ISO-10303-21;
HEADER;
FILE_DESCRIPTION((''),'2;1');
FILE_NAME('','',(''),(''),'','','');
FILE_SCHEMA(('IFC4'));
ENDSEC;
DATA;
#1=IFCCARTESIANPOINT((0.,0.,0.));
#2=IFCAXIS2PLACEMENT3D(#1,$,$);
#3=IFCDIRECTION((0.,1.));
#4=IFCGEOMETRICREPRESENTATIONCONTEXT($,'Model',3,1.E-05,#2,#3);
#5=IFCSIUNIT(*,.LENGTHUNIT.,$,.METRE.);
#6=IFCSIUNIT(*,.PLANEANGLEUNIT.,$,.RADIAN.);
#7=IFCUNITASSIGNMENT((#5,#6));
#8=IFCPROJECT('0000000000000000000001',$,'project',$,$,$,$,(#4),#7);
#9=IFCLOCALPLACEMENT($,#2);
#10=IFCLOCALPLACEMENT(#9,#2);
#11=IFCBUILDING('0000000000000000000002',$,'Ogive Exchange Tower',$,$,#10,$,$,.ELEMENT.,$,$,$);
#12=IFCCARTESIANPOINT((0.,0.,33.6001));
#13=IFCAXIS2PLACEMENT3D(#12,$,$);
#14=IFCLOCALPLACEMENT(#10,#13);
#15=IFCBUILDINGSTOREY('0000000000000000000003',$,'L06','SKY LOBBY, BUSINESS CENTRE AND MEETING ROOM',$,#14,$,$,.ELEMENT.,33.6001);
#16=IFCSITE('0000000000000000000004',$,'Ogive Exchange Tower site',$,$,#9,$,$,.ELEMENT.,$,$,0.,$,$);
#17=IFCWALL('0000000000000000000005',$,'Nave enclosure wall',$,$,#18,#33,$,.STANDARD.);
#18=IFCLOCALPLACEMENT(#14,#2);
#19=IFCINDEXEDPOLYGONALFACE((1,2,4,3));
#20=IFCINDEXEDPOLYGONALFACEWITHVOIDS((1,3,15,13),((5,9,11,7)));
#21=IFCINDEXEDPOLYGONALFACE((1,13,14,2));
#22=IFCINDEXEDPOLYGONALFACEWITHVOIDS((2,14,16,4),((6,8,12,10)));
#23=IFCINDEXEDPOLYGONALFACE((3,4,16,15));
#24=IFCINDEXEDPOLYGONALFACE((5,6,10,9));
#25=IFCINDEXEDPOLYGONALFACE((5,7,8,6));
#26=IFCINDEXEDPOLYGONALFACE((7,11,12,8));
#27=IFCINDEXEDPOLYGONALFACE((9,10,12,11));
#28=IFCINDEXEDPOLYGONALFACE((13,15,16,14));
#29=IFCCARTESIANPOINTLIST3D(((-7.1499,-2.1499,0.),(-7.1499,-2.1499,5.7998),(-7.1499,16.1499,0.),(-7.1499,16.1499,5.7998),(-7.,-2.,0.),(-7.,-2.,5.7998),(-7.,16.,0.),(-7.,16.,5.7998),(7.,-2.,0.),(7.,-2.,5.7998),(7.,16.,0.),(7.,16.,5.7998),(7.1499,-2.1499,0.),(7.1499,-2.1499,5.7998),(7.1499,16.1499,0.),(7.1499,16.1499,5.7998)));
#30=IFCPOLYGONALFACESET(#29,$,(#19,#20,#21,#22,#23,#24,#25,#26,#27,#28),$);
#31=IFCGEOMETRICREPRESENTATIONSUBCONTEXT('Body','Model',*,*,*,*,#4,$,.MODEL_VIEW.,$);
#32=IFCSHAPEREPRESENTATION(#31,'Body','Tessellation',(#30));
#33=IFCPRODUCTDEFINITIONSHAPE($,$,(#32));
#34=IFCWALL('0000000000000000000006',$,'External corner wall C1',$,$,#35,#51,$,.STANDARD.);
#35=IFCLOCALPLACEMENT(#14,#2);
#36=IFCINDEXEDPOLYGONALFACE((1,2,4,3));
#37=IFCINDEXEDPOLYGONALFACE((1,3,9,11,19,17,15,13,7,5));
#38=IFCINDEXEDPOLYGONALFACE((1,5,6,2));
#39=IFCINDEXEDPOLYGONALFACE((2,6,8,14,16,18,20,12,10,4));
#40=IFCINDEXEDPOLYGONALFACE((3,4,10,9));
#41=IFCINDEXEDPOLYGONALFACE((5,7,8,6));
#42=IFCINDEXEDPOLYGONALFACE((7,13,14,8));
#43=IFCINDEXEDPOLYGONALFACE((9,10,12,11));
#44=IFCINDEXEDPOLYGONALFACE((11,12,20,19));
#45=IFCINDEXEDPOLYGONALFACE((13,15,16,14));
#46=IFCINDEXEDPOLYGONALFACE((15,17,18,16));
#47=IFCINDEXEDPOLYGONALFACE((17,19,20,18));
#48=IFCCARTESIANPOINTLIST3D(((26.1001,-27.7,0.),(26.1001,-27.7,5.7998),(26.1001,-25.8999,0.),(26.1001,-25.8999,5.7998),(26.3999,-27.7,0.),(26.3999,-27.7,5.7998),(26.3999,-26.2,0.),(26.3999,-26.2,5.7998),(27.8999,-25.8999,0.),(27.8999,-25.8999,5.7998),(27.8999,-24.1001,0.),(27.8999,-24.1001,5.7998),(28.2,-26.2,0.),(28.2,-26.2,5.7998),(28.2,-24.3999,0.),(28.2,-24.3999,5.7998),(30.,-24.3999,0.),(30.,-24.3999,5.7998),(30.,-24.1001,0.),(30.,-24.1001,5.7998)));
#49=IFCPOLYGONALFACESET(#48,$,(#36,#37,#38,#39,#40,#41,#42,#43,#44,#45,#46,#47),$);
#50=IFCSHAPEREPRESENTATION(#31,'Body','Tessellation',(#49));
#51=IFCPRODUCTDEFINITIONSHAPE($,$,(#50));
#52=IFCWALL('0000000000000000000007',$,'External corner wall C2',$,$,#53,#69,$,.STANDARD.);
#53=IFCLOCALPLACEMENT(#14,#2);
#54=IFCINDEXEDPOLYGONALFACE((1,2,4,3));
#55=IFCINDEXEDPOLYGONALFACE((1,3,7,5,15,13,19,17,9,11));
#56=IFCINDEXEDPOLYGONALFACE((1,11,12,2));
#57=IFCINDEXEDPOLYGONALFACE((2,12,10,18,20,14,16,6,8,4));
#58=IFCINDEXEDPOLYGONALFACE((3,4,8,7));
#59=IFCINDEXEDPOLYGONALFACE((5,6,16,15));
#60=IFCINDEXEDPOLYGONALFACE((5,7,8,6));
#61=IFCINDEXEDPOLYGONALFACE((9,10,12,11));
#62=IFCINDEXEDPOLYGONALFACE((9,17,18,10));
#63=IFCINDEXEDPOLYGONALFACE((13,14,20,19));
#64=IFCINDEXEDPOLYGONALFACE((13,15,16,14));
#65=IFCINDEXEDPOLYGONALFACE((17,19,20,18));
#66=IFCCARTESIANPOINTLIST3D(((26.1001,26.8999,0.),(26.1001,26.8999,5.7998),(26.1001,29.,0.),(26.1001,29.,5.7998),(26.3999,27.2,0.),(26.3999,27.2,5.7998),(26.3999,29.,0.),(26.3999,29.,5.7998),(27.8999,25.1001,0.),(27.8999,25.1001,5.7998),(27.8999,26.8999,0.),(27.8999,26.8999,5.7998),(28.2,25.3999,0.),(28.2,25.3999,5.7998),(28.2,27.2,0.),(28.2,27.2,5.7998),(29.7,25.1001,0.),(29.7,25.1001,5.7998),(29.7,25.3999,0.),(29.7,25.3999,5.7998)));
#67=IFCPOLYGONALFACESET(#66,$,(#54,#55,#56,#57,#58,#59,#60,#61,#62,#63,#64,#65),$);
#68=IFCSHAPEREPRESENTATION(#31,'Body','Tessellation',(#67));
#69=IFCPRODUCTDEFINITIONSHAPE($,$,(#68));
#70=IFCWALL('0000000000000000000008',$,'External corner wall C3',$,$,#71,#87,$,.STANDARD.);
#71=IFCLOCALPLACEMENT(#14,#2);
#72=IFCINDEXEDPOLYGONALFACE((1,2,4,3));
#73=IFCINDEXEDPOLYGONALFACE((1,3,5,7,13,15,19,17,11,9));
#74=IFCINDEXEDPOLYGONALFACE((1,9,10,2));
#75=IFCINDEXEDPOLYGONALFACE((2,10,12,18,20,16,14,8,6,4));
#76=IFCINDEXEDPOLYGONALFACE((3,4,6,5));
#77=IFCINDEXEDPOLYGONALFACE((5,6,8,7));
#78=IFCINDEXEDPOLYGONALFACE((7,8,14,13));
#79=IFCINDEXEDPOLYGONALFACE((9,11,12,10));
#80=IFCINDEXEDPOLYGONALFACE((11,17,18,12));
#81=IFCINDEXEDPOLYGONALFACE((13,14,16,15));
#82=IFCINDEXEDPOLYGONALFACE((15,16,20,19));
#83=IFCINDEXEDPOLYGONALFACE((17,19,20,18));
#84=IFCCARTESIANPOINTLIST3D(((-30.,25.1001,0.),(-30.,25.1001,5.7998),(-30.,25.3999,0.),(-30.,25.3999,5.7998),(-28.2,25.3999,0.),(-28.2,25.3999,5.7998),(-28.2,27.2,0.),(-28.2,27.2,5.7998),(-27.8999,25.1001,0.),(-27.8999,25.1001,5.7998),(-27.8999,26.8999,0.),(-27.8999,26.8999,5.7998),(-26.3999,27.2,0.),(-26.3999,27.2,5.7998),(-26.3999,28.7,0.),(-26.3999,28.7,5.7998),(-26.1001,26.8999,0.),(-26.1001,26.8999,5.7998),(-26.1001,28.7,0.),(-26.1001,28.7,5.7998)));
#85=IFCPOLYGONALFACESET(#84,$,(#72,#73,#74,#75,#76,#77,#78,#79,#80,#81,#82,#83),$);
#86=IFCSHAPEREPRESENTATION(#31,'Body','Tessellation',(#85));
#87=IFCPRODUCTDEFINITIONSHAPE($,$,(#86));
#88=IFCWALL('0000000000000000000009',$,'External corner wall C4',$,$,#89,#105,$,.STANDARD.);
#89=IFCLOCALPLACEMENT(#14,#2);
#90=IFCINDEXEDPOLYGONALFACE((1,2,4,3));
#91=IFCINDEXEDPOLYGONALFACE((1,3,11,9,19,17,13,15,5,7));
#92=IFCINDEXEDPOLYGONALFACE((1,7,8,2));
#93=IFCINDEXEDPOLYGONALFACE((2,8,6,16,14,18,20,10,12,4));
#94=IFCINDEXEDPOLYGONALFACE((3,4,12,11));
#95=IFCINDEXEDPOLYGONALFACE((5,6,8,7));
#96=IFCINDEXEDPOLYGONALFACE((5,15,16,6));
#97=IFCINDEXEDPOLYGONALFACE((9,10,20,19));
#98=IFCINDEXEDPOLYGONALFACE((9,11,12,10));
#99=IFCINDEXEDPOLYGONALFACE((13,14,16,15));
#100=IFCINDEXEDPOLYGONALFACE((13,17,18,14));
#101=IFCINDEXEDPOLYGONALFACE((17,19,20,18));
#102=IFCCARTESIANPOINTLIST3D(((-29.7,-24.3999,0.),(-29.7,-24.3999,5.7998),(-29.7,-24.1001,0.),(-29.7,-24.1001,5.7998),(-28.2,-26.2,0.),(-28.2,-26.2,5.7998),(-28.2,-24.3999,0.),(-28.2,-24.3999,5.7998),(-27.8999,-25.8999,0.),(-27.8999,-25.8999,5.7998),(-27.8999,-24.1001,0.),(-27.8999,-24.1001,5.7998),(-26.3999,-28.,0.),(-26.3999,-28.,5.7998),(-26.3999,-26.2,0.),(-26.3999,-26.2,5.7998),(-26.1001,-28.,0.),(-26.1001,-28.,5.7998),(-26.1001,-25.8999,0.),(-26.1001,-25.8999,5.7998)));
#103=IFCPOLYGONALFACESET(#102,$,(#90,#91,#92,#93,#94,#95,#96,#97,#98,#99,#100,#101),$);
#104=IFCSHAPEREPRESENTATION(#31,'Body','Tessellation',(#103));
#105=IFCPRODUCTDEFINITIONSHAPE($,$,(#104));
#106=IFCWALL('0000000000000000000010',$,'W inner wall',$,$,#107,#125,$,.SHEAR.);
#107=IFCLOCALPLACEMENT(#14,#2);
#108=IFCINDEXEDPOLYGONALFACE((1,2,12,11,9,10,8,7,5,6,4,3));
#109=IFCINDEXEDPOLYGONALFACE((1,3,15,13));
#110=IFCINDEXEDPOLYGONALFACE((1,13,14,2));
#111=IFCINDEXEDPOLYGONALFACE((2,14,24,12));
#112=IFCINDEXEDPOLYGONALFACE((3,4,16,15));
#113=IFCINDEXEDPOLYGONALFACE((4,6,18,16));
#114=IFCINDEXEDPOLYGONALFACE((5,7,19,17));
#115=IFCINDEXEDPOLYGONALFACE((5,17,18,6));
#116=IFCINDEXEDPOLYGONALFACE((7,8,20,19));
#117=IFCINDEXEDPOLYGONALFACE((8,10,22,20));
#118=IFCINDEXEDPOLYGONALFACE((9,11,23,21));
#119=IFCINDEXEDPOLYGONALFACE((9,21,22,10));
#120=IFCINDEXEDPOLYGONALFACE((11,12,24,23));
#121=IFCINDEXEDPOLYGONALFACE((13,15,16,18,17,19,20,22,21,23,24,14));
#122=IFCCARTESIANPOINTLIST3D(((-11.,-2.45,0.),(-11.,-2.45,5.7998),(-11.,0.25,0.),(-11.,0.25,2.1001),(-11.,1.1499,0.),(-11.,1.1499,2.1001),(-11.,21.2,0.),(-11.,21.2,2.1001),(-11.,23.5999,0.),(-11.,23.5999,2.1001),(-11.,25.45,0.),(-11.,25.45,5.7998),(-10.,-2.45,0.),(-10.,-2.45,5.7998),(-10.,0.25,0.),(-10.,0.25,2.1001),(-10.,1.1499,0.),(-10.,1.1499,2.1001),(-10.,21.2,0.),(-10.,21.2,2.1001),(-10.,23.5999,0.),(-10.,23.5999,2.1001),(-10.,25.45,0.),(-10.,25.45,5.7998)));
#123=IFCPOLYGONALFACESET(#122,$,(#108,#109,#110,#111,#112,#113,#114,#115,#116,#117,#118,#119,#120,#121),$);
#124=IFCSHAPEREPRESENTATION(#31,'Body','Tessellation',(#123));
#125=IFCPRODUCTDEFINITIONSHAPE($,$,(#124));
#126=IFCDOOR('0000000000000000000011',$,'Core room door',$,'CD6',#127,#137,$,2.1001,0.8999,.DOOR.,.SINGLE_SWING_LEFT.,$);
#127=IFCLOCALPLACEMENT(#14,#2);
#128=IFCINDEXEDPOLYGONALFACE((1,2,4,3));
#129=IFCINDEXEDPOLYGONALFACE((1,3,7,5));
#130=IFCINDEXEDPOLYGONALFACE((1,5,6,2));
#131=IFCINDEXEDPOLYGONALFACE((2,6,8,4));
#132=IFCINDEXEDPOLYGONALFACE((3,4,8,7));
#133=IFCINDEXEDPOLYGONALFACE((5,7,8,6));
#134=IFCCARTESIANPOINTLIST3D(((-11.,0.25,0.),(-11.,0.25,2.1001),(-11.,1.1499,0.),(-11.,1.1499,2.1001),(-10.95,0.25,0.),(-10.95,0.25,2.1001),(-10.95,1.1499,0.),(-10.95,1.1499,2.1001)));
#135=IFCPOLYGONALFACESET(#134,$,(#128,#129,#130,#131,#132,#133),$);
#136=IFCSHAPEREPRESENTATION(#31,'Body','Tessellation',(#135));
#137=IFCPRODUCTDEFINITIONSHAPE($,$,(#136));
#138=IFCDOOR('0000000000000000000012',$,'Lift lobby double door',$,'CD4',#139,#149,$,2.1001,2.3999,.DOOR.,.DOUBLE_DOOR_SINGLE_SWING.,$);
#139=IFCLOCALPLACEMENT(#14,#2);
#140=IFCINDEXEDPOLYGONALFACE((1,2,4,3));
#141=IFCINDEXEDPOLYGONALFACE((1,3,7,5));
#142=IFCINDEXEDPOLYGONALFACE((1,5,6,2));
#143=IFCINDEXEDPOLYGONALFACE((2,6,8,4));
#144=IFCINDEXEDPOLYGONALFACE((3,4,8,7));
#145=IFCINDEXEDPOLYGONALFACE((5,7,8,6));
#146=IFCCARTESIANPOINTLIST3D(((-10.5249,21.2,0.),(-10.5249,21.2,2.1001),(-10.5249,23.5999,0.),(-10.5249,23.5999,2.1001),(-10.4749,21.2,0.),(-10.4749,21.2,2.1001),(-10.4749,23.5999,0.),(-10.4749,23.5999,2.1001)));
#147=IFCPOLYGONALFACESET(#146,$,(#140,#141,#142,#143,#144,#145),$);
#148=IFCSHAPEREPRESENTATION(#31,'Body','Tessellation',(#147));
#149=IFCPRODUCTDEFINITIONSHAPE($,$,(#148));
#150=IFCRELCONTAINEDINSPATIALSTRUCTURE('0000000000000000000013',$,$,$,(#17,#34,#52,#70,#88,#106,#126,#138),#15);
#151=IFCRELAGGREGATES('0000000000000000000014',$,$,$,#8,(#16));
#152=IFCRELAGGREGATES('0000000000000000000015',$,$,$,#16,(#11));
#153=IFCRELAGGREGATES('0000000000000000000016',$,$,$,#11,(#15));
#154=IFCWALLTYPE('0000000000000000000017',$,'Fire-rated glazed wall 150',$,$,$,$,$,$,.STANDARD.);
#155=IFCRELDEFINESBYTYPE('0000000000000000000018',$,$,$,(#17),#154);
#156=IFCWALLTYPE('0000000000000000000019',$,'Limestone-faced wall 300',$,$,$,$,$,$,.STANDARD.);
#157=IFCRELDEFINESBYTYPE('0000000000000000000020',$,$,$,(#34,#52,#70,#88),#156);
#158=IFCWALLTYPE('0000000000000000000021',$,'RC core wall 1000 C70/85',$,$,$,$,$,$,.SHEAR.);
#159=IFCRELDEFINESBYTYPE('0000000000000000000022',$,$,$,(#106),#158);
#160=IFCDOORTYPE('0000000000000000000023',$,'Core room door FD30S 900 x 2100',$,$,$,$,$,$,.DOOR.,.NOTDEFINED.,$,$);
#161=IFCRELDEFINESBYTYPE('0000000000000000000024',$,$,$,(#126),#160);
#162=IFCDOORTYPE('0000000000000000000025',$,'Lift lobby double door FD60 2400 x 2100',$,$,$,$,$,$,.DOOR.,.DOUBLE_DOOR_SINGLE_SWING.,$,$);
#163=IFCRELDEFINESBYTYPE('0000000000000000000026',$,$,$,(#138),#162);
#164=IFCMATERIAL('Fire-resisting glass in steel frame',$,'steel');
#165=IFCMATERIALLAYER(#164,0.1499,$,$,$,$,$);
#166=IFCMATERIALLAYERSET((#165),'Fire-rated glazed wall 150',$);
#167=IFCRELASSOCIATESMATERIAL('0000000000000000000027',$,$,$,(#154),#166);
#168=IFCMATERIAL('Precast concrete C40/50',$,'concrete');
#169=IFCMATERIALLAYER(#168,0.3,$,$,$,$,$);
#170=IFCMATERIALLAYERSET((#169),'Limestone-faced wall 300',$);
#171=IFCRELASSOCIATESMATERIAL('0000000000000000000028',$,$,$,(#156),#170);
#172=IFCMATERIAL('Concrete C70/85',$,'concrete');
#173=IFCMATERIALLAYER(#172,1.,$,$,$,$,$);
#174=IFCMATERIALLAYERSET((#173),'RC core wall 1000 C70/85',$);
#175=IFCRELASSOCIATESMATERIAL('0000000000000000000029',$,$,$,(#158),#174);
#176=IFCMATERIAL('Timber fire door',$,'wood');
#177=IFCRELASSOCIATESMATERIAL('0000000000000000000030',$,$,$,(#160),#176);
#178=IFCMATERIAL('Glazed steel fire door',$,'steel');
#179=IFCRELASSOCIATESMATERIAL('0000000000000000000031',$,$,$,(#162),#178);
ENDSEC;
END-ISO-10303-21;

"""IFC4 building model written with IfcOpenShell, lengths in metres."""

from ifc_helpers import new_model, si_unit, direction, frame, frame_2d, origin, place, context, subcontext, project, spatial, polyline, rectangle, outline, extrude, material, layer, layer_set, type_object, element, fill, save


model = new_model("IFC4")

# Units and contexts
model_context = context("Model", 3, precision=1e-05, world=origin(), true_north=direction((0.0, 1.0)))
body_context = subcontext(model_context, "Body", "Model", "MODEL_VIEW")
ifc_project = project(units=[si_unit("LENGTHUNIT", "METRE"), si_unit("PLANEANGLEUNIT", "RADIAN")], contexts=[model_context])

# Site, building, storey
site_placement = place(None, origin())
site = spatial("IfcSite", under=ifc_project, at=site_placement, Name="Ogive Exchange Tower site", CompositionType="ELEMENT", RefElevation=0.0)
building_placement = place(site_placement, origin())
building = spatial("IfcBuilding", under=site, at=building_placement, Name="Ogive Exchange Tower", CompositionType="ELEMENT")
storey_placement = place(building_placement, frame((0.0, 0.0, 33.6001)))
storey = spatial("IfcBuildingStorey", under=building, at=storey_placement, Name="L06", Description="SKY LOBBY, BUSINESS CENTRE AND MEETING ROOM", CompositionType="ELEMENT", Elevation=33.6001)

# Walls
ifc_material_1 = material(Name="Fire-resisting glass in steel frame", Category="steel")
ifc_layer_1 = layer(ifc_material_1, 0.1499)
ifc_layer_set_1 = layer_set([ifc_layer_1], Name="Fire-rated glazed wall 150")
wall_type_1 = type_object("IfcWallType", Name="Fire-rated glazed wall 150", PredefinedType="STANDARD", material=ifc_layer_set_1)
wall_1_placement = place(storey_placement, origin())
element("IfcWall", 1, at=wall_1_placement, inside=storey, type_object=wall_type_1, Name="Nave enclosure wall", PredefinedType="STANDARD", context=body_context, shape_type="SweptSolid", body=[
    extrude(outline(polyline([(-7.1499, -2.1499), (7.1499, -2.1499), (7.1499, 16.1499), (-7.1499, 16.1499), (-7.1499, -2.1499)]), holes=[polyline([(-7.0, -2.0), (-7.0, 16.0), (7.0, 16.0), (7.0, -2.0), (-7.0, -2.0)])]), origin(), (0.0, 0.0, 1.0), 5.7998),
])
ifc_material_2 = material(Name="Precast concrete C40/50", Category="concrete")
ifc_layer_2 = layer(ifc_material_2, 0.3)
ifc_layer_set_2 = layer_set([ifc_layer_2], Name="Limestone-faced wall 300")
wall_type_2 = type_object("IfcWallType", Name="Limestone-faced wall 300", PredefinedType="STANDARD", material=ifc_layer_set_2)
wall_2_placement = place(storey_placement, origin())
element("IfcWall", 2, at=wall_2_placement, inside=storey, type_object=wall_type_2, Name="External corner wall C1", PredefinedType="STANDARD", context=body_context, shape_type="SweptSolid", body=[
    extrude(outline(polyline([(27.8999, -25.8999), (27.8999, -24.1001), (30.0, -24.1001), (30.0, -24.3999), (28.2, -24.3999), (28.2, -26.2), (26.3999, -26.2), (26.3999, -27.7), (26.1001, -27.7), (26.1001, -25.8999), (27.8999, -25.8999)])), origin(), (0.0, 0.0, 1.0), 5.7998),
])
wall_3_placement = place(storey_placement, origin())
element("IfcWall", 3, at=wall_3_placement, inside=storey, type_object=wall_type_2, Name="External corner wall C2", PredefinedType="STANDARD", context=body_context, shape_type="SweptSolid", body=[
    extrude(outline(polyline([(27.8999, 26.8999), (26.1001, 26.8999), (26.1001, 29.0), (26.3999, 29.0), (26.3999, 27.2), (28.2, 27.2), (28.2, 25.3999), (29.7, 25.3999), (29.7, 25.1001), (27.8999, 25.1001), (27.8999, 26.8999)])), origin(), (0.0, 0.0, 1.0), 5.7998),
])
wall_4_placement = place(storey_placement, origin())
element("IfcWall", 4, at=wall_4_placement, inside=storey, type_object=wall_type_2, Name="External corner wall C3", PredefinedType="STANDARD", context=body_context, shape_type="SweptSolid", body=[
    extrude(outline(polyline([(-28.2, 25.3999), (-28.2, 27.2), (-26.3999, 27.2), (-26.3999, 28.7), (-26.1001, 28.7), (-26.1001, 26.8999), (-27.8999, 26.8999), (-27.8999, 25.1001), (-30.0, 25.1001), (-30.0, 25.3999), (-28.2, 25.3999)])), origin(), (0.0, 0.0, 1.0), 5.7998),
])
wall_5_placement = place(storey_placement, origin())
element("IfcWall", 5, at=wall_5_placement, inside=storey, type_object=wall_type_2, Name="External corner wall C4", PredefinedType="STANDARD", context=body_context, shape_type="SweptSolid", body=[
    extrude(outline(polyline([(-26.3999, -26.2), (-28.2, -26.2), (-28.2, -24.3999), (-29.7, -24.3999), (-29.7, -24.1001), (-27.8999, -24.1001), (-27.8999, -25.8999), (-26.1001, -25.8999), (-26.1001, -28.0), (-26.3999, -28.0), (-26.3999, -26.2)])), origin(), (0.0, 0.0, 1.0), 5.7998),
])

# Wall, openings, doors
ifc_material_3 = material(Name="Concrete C70/85", Category="concrete")
ifc_layer_3 = layer(ifc_material_3, 1.0)
ifc_layer_set_3 = layer_set([ifc_layer_3], Name="RC core wall 1000 C70/85")
wall_type_3 = type_object("IfcWallType", Name="RC core wall 1000 C70/85", PredefinedType="SHEAR", material=ifc_layer_set_3)
wall_6_placement = place(storey_placement, frame((-10.5, -2.45, 0.0), z_axis=(0.0, 0.0, 1.0), x_axis=(0.0, 1.0, 0.0)))
wall_6 = element("IfcWall", 6, at=wall_6_placement, inside=storey, type_object=wall_type_3, Name="W inner wall", PredefinedType="SHEAR", context=body_context, shape_type="SweptSolid", body=[
    extrude(rectangle(XDim=27.8999, YDim=1.0, at=frame_2d((13.95, 0.0))), origin(), (0.0, 0.0, 1.0), 5.7998),
])
opening_1_placement = place(wall_6_placement, frame((23.6499, 0.0, 0.0)))
opening_1 = element("IfcOpeningElement", 7, at=opening_1_placement, cuts=wall_6, PredefinedType="OPENING", context=body_context, shape_type="SweptSolid", body=[
    extrude(rectangle(XDim=2.3999, YDim=2.1001, at=frame_2d((1.2, 1.05))), frame((0.0, 0.51, 0.0), z_axis=(0.0, -1.0, 0.0), x_axis=(1.0, 0.0, 0.0)), (0.0, 0.0, 1.0), 1.02),
])
opening_2_placement = place(wall_6_placement, frame((2.7, 0.0, 0.0)))
opening_2 = element("IfcOpeningElement", 8, at=opening_2_placement, cuts=wall_6, PredefinedType="OPENING", context=body_context, shape_type="SweptSolid", body=[
    extrude(rectangle(XDim=0.8999, YDim=2.1001, at=frame_2d((0.45, 1.05))), frame((0.0, 0.51, 0.0), z_axis=(0.0, -1.0, 0.0), x_axis=(1.0, 0.0, 0.0)), (0.0, 0.0, 1.0), 1.02),
])
ifc_material_4 = material(Name="Timber fire door", Category="wood")
door_type_1 = type_object("IfcDoorType", Name="Core room door FD30S 900 x 2100", OperationType="NOTDEFINED", PredefinedType="DOOR", material=ifc_material_4)
door_1_placement = place(opening_2_placement, origin())
door_1 = element("IfcDoor", 9, at=door_1_placement, inside=storey, type_object=door_type_1, Name="Core room door", ObjectType="CD6", OperationType="SINGLE_SWING_LEFT", OverallHeight=2.1001, OverallWidth=0.8999, PredefinedType="DOOR", context=body_context, shape_type="SweptSolid", body=[
    extrude(rectangle(XDim=0.8999, YDim=2.1001, at=frame_2d((0.45, 1.05))), frame((0.0, 0.5, 0.0), z_axis=(0.0, -1.0, 0.0), x_axis=(1.0, 0.0, 0.0)), (0.0, 0.0, 1.0), 0.05),
])
fill(opening_2, door_1)
ifc_material_5 = material(Name="Glazed steel fire door", Category="steel")
door_type_2 = type_object("IfcDoorType", Name="Lift lobby double door FD60 2400 x 2100", OperationType="DOUBLE_DOOR_SINGLE_SWING", PredefinedType="DOOR", material=ifc_material_5)
door_2_placement = place(opening_1_placement, origin())
door_2 = element("IfcDoor", 10, at=door_2_placement, inside=storey, type_object=door_type_2, Name="Lift lobby double door", ObjectType="CD4", OperationType="DOUBLE_DOOR_SINGLE_SWING", OverallHeight=2.1001, OverallWidth=2.3999, PredefinedType="DOOR", context=body_context, shape_type="SweptSolid", body=[
    extrude(rectangle(XDim=2.3999, YDim=2.1001, at=frame_2d((1.2, 1.05))), frame((0.0, 0.0249, 0.0), z_axis=(0.0, -1.0, 0.0), x_axis=(1.0, 0.0, 0.0)), (0.0, 0.0, 1.0), 0.05),
])
fill(opening_1, door_2)

save(model, "model.ifc")
